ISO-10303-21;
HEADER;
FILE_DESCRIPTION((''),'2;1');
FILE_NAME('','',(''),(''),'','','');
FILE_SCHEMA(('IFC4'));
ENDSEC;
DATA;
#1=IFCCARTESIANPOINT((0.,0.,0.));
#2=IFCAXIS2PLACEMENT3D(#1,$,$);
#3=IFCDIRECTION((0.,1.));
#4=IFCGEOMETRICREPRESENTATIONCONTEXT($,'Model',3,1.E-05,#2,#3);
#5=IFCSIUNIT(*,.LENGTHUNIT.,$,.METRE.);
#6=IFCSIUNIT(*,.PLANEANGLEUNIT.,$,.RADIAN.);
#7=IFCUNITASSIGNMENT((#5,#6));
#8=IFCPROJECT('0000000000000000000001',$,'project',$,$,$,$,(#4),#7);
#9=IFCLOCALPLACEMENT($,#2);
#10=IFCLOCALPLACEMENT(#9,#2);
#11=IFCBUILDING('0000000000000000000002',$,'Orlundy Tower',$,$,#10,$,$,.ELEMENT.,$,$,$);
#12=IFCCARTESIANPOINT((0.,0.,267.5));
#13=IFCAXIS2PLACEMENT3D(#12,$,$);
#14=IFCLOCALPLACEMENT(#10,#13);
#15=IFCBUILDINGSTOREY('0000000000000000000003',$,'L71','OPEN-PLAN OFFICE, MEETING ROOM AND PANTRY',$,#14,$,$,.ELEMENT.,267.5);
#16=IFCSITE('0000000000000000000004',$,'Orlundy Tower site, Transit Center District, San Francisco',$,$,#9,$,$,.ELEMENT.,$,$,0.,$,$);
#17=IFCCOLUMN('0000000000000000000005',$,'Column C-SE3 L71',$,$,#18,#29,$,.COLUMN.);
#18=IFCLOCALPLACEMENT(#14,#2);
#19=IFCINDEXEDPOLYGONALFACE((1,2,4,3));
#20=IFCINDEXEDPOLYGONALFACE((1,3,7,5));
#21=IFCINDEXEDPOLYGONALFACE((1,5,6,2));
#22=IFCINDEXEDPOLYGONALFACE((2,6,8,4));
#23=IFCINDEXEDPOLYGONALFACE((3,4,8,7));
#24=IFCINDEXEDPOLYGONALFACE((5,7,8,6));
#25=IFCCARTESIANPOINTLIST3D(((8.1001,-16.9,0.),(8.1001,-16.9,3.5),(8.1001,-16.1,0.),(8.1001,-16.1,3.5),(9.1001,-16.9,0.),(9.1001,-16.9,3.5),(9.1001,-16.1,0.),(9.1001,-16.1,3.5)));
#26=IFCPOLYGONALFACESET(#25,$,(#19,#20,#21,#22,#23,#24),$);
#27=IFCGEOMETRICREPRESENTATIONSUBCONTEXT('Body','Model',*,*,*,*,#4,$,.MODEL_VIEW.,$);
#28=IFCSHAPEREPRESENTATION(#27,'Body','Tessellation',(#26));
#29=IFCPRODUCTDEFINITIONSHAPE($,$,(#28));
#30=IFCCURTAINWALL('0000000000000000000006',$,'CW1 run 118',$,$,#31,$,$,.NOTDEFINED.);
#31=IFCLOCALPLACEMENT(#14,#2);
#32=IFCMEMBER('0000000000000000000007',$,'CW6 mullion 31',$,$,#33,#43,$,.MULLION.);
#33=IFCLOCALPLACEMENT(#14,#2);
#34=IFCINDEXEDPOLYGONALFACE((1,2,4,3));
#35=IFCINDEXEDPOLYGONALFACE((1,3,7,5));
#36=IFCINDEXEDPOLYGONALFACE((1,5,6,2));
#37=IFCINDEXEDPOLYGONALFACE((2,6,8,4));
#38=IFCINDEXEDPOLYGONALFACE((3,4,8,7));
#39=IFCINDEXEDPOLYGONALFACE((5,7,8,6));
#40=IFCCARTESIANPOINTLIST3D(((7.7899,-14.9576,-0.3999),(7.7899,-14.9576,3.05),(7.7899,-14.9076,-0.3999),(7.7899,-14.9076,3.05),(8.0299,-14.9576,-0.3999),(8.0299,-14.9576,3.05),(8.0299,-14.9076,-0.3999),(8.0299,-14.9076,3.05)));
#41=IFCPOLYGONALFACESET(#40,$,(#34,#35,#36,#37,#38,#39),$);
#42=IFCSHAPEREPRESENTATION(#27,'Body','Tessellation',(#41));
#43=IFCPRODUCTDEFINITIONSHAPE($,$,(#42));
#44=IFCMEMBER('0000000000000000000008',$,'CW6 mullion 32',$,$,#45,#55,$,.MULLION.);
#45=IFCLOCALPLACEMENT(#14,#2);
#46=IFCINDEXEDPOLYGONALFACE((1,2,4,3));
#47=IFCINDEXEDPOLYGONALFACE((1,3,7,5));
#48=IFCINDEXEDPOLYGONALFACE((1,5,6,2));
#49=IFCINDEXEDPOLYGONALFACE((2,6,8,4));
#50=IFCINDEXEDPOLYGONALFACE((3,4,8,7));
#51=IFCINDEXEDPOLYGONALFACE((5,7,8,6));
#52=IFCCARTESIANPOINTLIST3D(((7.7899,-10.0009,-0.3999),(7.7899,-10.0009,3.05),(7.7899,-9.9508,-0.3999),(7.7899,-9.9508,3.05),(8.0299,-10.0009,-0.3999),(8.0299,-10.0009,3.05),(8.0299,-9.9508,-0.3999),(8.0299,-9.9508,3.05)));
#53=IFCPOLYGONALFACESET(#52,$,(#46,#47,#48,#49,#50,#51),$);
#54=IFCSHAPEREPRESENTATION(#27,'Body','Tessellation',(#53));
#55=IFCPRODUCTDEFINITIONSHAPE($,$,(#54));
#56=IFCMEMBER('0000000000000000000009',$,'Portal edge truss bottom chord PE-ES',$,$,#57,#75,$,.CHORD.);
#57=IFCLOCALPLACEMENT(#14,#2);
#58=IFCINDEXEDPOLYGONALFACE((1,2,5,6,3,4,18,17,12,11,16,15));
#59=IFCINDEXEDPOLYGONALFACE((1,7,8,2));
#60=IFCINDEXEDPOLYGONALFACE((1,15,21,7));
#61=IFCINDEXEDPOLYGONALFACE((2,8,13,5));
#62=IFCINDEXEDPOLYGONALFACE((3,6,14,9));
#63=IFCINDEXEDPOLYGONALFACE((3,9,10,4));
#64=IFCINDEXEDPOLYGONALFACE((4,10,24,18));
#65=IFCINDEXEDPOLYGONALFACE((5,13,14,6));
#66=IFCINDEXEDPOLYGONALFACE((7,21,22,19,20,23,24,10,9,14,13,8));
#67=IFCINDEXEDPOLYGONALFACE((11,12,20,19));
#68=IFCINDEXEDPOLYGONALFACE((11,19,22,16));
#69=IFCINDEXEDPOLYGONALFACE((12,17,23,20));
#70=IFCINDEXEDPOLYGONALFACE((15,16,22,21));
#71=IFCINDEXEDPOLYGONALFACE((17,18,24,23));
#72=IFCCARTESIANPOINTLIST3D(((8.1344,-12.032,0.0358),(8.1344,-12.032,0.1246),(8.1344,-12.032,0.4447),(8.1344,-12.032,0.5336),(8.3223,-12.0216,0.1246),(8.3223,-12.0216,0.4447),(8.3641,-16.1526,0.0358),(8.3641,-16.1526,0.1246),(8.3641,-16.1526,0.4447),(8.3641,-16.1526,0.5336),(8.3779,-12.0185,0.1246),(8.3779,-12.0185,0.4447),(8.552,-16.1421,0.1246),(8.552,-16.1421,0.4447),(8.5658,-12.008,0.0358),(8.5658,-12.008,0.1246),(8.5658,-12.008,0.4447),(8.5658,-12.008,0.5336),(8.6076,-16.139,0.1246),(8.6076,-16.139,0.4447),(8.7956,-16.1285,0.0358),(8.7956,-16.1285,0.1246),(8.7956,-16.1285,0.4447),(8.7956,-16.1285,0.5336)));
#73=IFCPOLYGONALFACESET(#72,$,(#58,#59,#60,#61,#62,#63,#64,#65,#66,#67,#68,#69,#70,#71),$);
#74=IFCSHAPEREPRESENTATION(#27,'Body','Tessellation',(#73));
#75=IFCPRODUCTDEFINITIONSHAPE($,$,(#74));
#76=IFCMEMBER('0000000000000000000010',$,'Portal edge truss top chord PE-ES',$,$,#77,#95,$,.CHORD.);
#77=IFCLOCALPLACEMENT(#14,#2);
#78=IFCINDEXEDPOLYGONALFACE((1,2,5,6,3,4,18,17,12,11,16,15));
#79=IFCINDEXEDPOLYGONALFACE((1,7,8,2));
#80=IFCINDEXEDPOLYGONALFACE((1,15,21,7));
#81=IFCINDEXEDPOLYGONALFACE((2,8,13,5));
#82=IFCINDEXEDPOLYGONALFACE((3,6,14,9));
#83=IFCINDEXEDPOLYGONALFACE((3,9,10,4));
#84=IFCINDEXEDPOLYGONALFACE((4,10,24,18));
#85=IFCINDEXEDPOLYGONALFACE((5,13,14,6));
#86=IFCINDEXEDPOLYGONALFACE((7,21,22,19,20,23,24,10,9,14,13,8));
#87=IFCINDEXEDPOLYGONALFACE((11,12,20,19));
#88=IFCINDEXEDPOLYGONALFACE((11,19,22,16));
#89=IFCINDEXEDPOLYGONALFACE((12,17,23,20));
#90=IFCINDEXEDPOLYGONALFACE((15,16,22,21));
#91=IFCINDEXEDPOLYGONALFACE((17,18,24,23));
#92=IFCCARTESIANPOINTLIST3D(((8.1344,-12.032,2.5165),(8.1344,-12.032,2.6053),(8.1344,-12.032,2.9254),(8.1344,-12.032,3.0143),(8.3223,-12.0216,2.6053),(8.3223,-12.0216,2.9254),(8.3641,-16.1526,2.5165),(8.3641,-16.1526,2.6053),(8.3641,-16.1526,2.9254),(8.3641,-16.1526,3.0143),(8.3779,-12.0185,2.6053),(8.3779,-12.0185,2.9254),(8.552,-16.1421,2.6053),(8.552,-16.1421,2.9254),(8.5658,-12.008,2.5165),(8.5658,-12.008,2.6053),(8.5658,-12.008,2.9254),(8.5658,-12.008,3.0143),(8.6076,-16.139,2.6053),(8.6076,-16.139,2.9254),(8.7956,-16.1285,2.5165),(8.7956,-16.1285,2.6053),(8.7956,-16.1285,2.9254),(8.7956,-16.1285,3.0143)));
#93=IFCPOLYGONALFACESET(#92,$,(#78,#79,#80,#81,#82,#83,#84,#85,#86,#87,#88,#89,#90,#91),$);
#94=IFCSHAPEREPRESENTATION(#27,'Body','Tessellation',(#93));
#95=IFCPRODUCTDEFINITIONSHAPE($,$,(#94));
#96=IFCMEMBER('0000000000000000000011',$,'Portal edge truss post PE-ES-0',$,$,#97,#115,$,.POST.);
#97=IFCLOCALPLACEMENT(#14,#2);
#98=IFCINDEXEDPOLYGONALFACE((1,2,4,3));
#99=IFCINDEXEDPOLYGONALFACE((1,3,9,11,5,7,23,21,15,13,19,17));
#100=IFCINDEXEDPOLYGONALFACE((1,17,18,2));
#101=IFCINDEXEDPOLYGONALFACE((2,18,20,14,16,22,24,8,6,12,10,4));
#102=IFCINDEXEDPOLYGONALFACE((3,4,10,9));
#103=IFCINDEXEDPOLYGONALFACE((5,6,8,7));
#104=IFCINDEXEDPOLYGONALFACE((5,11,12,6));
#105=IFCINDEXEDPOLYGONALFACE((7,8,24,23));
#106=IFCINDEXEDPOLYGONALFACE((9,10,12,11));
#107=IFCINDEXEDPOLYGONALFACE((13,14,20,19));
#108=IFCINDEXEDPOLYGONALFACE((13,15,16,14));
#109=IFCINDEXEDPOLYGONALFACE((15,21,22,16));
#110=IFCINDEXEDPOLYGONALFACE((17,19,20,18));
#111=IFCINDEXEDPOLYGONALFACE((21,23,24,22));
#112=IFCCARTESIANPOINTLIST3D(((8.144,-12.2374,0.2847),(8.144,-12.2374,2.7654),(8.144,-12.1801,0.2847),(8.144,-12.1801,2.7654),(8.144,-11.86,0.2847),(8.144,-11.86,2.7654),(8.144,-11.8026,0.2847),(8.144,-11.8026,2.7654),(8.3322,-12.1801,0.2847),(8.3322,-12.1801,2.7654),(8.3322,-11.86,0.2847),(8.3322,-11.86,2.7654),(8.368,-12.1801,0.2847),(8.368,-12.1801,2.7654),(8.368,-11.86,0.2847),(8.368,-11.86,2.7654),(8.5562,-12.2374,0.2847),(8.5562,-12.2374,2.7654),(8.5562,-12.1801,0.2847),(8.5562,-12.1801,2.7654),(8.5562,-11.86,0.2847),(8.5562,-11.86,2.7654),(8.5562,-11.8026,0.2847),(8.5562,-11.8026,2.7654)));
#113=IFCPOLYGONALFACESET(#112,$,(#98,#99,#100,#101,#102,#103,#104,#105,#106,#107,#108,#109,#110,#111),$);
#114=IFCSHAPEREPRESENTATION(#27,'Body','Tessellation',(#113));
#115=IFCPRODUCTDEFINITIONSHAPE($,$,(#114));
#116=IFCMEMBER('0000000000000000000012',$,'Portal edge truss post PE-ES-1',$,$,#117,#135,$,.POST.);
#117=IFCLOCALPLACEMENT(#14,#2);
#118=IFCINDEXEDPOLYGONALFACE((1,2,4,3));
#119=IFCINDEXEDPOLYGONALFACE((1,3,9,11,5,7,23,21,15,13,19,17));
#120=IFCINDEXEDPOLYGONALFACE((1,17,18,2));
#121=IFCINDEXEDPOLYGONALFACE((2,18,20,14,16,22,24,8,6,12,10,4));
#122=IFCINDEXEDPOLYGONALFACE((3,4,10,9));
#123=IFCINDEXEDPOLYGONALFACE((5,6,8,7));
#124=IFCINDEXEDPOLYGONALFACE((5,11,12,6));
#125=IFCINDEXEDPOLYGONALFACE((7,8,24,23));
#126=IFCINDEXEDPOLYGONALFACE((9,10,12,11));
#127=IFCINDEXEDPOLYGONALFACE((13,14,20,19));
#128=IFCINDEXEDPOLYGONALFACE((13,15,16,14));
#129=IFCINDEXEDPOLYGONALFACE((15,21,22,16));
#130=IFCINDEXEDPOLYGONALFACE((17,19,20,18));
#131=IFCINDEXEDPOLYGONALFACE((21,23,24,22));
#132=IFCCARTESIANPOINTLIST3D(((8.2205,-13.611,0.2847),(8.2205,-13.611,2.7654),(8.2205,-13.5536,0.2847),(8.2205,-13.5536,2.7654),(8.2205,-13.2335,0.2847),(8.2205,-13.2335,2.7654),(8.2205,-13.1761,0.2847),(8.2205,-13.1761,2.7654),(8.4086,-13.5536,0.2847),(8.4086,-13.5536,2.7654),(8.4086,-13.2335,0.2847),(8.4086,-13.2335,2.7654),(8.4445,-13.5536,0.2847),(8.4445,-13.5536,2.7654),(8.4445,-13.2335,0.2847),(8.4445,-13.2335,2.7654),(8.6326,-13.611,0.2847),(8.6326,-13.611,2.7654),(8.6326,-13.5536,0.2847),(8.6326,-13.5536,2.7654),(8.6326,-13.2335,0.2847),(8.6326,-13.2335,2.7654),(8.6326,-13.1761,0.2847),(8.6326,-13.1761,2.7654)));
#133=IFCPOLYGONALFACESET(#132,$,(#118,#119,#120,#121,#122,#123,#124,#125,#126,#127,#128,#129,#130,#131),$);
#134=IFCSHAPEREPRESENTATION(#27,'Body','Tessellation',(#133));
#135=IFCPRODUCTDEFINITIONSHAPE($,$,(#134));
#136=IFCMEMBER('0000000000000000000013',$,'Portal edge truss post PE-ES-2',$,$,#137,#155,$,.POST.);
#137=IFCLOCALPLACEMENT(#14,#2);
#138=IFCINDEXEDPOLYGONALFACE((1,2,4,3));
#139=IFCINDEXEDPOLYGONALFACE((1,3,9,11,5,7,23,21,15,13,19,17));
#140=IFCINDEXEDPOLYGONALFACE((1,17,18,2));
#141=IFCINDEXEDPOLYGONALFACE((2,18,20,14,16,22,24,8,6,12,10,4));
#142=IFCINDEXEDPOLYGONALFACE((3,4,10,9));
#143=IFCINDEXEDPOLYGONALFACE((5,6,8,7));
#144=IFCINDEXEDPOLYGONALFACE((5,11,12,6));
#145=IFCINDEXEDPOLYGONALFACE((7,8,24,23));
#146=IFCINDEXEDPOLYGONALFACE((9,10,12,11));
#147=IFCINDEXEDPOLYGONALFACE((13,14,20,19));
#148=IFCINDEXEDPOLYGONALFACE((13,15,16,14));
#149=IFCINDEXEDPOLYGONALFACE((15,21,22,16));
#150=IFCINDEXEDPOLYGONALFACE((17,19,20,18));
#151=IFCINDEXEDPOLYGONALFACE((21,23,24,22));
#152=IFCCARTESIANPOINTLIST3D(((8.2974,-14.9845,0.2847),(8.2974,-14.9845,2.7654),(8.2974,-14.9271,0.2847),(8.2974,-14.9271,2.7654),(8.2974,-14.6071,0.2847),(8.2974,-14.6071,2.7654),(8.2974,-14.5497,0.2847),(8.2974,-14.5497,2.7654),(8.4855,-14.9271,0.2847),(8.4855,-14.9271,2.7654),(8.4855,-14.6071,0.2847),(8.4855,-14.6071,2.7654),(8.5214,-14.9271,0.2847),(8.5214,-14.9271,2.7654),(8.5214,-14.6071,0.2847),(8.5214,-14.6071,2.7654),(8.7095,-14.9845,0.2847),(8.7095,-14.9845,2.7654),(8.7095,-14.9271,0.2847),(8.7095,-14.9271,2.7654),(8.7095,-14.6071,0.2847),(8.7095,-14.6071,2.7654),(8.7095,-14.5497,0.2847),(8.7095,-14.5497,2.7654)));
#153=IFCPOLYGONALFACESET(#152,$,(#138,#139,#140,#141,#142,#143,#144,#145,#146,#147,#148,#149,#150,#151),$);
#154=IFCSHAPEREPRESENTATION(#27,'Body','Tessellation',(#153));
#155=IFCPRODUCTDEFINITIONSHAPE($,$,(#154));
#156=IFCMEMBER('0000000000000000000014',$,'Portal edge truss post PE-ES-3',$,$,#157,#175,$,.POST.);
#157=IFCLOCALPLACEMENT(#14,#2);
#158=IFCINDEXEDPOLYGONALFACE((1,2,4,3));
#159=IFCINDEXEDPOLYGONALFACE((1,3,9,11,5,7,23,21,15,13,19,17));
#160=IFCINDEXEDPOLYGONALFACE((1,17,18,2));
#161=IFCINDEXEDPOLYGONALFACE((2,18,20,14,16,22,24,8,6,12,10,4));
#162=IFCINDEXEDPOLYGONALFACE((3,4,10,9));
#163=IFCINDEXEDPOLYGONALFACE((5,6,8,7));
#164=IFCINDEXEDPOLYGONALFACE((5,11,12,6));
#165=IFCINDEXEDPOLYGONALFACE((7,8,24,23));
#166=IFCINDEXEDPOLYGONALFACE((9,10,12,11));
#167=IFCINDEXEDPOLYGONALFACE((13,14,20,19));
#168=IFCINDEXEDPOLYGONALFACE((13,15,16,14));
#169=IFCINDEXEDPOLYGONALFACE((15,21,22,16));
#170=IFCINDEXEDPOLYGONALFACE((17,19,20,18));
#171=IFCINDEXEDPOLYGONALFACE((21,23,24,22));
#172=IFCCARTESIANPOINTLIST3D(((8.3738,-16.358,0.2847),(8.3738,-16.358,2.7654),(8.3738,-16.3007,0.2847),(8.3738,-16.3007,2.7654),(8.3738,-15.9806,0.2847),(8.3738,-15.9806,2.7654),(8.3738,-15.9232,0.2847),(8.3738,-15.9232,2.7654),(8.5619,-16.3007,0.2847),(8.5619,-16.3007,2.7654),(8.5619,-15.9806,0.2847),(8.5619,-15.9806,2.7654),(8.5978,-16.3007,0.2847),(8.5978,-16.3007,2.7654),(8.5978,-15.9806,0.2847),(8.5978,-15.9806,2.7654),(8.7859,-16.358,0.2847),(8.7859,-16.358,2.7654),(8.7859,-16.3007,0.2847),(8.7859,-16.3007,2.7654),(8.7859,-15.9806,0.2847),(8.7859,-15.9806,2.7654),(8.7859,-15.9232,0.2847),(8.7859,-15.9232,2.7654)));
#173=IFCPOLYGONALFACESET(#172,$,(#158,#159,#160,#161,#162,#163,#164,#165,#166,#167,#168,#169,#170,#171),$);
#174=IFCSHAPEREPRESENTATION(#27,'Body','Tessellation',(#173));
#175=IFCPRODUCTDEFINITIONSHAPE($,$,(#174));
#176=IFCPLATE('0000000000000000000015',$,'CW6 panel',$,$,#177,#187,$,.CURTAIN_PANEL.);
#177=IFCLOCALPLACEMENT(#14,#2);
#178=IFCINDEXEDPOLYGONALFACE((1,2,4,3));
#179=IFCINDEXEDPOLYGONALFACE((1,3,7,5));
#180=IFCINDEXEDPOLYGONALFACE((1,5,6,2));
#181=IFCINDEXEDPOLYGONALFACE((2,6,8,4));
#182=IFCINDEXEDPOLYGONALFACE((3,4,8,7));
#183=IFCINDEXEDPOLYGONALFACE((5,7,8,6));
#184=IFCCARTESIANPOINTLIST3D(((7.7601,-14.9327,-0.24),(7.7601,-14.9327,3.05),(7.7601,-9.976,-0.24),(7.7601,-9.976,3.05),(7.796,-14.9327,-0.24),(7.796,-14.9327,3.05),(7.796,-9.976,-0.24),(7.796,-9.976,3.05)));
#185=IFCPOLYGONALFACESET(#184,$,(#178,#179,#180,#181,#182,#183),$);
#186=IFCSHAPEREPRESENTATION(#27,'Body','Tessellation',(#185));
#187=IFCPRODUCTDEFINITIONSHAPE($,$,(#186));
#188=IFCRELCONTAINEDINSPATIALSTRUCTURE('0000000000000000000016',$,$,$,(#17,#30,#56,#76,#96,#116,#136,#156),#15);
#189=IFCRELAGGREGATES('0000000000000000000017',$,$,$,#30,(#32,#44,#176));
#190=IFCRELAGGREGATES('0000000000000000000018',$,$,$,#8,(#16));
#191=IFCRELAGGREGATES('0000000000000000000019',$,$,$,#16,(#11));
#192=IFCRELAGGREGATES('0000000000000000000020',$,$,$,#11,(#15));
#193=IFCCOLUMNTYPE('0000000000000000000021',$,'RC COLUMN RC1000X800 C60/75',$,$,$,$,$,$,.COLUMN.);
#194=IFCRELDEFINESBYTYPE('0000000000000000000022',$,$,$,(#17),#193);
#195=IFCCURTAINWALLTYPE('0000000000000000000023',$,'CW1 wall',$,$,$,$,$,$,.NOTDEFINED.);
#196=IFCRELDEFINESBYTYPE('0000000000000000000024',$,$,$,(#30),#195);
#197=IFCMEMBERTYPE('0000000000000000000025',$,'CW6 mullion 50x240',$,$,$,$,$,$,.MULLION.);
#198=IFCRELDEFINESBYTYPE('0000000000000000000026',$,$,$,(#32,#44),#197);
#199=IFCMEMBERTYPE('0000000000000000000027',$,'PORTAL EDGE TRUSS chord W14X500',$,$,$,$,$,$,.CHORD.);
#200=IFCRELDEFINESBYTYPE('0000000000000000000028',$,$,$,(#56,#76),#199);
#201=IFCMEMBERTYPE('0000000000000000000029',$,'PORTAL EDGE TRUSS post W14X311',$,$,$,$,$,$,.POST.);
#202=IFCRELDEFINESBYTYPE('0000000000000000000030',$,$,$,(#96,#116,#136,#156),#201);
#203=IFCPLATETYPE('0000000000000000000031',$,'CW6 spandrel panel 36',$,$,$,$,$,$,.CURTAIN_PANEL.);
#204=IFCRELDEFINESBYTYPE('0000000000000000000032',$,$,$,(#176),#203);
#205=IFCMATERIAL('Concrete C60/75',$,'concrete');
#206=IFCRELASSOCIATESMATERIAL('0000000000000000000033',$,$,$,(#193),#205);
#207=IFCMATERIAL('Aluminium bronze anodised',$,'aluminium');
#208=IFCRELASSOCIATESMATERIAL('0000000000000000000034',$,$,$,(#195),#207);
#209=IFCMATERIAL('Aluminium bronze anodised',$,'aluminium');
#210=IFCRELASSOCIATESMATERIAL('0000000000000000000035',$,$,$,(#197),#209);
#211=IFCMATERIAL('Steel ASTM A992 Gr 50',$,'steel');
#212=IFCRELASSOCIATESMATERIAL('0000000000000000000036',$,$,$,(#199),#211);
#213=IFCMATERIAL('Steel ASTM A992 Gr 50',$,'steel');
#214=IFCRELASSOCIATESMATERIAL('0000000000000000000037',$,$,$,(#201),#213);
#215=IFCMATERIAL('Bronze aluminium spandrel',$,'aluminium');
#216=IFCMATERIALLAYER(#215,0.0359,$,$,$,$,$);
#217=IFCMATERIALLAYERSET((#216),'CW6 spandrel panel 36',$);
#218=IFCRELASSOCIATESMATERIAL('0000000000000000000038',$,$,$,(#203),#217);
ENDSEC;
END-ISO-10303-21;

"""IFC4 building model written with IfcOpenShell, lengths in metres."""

from ifc_helpers import new_model, si_unit, direction, frame, origin, origin_2d, place, context, subcontext, project, spatial, rectangle, i_section, extrude, material, layer, layer_set, material_profile, profile_set, type_object, element, aggregate, save


model = new_model("IFC4")

# Units and contexts
model_context = context("Model", 3, precision=1e-05, world=origin(), true_north=direction((0.0, 1.0)))
body_context = subcontext(model_context, "Body", "Model", "MODEL_VIEW")
ifc_project = project(units=[si_unit("LENGTHUNIT", "METRE"), si_unit("PLANEANGLEUNIT", "RADIAN")], contexts=[model_context])

# Site, building, storey
site_placement = place(None, origin())
site = spatial("IfcSite", under=ifc_project, at=site_placement, Name="Orlundy Tower site, Transit Center District, San Francisco", CompositionType="ELEMENT", RefElevation=0.0)
building_placement = place(site_placement, origin())
building = spatial("IfcBuilding", under=site, at=building_placement, Name="Orlundy Tower", CompositionType="ELEMENT")
storey_placement = place(building_placement, frame((0.0, 0.0, 267.5)))
storey = spatial("IfcBuildingStorey", under=building, at=storey_placement, Name="L71", Description="OPEN-PLAN OFFICE, MEETING ROOM AND PANTRY", CompositionType="ELEMENT", Elevation=267.5)

# Column
ifc_material_1 = material(Name="Concrete C60/75", Category="concrete")
ifc_material_profile_1 = material_profile(ifc_material_1, rectangle(XDim=1.0, YDim=0.8, at=origin_2d()), Name="RC1000X800")
ifc_profile_set_1 = profile_set([ifc_material_profile_1], Name="Concrete C60/75")
column_type = type_object("IfcColumnType", Name="RC COLUMN RC1000X800 C60/75", PredefinedType="COLUMN", material=ifc_profile_set_1)
column_placement = place(storey_placement, frame((8.6001, -16.5, 0.0), z_axis=(0.0, 0.0, 1.0), x_axis=(1.0, 0.0, 0.0)))
element("IfcColumn", 1, at=column_placement, inside=storey, type_object=column_type, Name="Column C-SE3 L71", PredefinedType="COLUMN", context=body_context, shape_type="SweptSolid", body=[
    extrude(rectangle(XDim=1.0, YDim=0.8, at=origin_2d()), origin(), (0.0, 0.0, 1.0), 3.5),
])

# Curtain wall, members
ifc_material_2 = material(Name="Aluminium bronze anodised", Category="aluminium")
curtain_wall_type = type_object("IfcCurtainWallType", Name="CW1 wall", PredefinedType="NOTDEFINED", material=ifc_material_2)
curtain_wall_placement = place(storey_placement, origin())
curtain_wall = element("IfcCurtainWall", 2, at=curtain_wall_placement, inside=storey, type_object=curtain_wall_type, Name="CW1 run 118", PredefinedType="NOTDEFINED")
ifc_material_3 = material(Name="Aluminium bronze anodised", Category="aluminium")
ifc_material_profile_2 = material_profile(ifc_material_3, rectangle(XDim=0.24, YDim=0.05, at=origin_2d()), Name="CW6 mullion 50x240")
ifc_profile_set_2 = profile_set([ifc_material_profile_2], Name="Aluminium bronze anodised")
member_type_1 = type_object("IfcMemberType", Name="CW6 mullion 50x240", PredefinedType="MULLION", material=ifc_profile_set_2)
member_1_placement = place(storey_placement, frame((7.9099, -14.9326, -0.3999), z_axis=(0.0, 0.0, 1.0), x_axis=(-1.0, 0.0, 0.0)))
member_1 = element("IfcMember", 3, at=member_1_placement, type_object=member_type_1, Name="CW6 mullion 31", PredefinedType="MULLION", context=body_context, shape_type="SweptSolid", body=[
    extrude(rectangle(XDim=0.24, YDim=0.05, at=origin_2d()), origin(), (0.0, 0.0, 1.0), 3.45),
])
member_2_placement = place(storey_placement, frame((7.9099, -9.9758, -0.3999), z_axis=(0.0, 0.0, 1.0), x_axis=(-1.0, 0.0, 0.0)))
member_2 = element("IfcMember", 4, at=member_2_placement, type_object=member_type_1, Name="CW6 mullion 32", PredefinedType="MULLION", context=body_context, shape_type="SweptSolid", body=[
    extrude(rectangle(XDim=0.24, YDim=0.05, at=origin_2d()), origin(), (0.0, 0.0, 1.0), 3.45),
])

# Members
ifc_material_4 = material(Name="Steel ASTM A992 Gr 50", Category="steel")
ifc_material_profile_3 = material_profile(ifc_material_4, i_section(OverallWidth=0.4321, OverallDepth=0.4978, WebThickness=0.0557, FlangeThickness=0.0889, at=origin_2d()), Name="W14X500")
ifc_profile_set_3 = profile_set([ifc_material_profile_3], Name="Steel ASTM A992 Gr 50")
member_type_2 = type_object("IfcMemberType", Name="PORTAL EDGE TRUSS chord W14X500", PredefinedType="CHORD", material=ifc_profile_set_3)
for number, where, z_axis, x_axis, name in (
    (5, (8.3501, -12.02, 0.2847), (0.055667, -0.998449, 0.0), (0.998449, 0.055667, 0.0), "Portal edge truss bottom chord PE-ES"),
    (6, (8.3501, -12.02, 2.7654), (0.055667, -0.998449, 0.0), (0.998449, 0.055667, 0.0), "Portal edge truss top chord PE-ES"),
):
    element("IfcMember", number, at=place(storey_placement, frame(where, z_axis=z_axis, x_axis=x_axis)), inside=storey, type_object=member_type_2, Name=name, PredefinedType="CHORD", context=body_context, shape_type="SweptSolid", body=[
        extrude(i_section(OverallWidth=0.4321, OverallDepth=0.4978, WebThickness=0.0557, FlangeThickness=0.0889, at=origin_2d()), origin(), (0.0, 0.0, 1.0), 4.127),
    ])
ifc_material_5 = material(Name="Steel ASTM A992 Gr 50", Category="steel")
ifc_material_profile_4 = material_profile(ifc_material_5, i_section(OverallWidth=0.4121, OverallDepth=0.4348, WebThickness=0.0359, FlangeThickness=0.0574, at=origin_2d()), Name="W14X311")
ifc_profile_set_4 = profile_set([ifc_material_profile_4], Name="Steel ASTM A992 Gr 50")
member_type_3 = type_object("IfcMemberType", Name="PORTAL EDGE TRUSS post W14X311", PredefinedType="POST", material=ifc_profile_set_4)
for number, where, z_axis, x_axis, name in (
    (7, (8.3501, -12.02, 0.2847), (0.0, 0.0, 1.0), (1.0, 0.0, 0.0), "Portal edge truss post PE-ES-0"),
    (8, (8.4265, -13.3936, 0.2847), (0.0, 0.0, 1.0), (1.0, 0.0, 0.0), "Portal edge truss post PE-ES-1"),
    (9, (8.5034, -14.7671, 0.2847), (0.0, 0.0, 1.0), (1.0, 0.0, 0.0), "Portal edge truss post PE-ES-2"),
    (10, (8.5798, -16.1406, 0.2847), (0.0, 0.0, 1.0), (1.0, 0.0, 0.0), "Portal edge truss post PE-ES-3"),
):
    element("IfcMember", number, at=place(storey_placement, frame(where, z_axis=z_axis, x_axis=x_axis)), inside=storey, type_object=member_type_3, Name=name, PredefinedType="POST", context=body_context, shape_type="SweptSolid", body=[
        extrude(i_section(OverallWidth=0.4121, OverallDepth=0.4348, WebThickness=0.0359, FlangeThickness=0.0574, at=origin_2d()), origin(), (0.0, 0.0, 1.0), 2.4807),
    ])

# Plate
ifc_material_6 = material(Name="Bronze aluminium spandrel", Category="aluminium")
ifc_layer_1 = layer(ifc_material_6, 0.0359)
ifc_layer_set_1 = layer_set([ifc_layer_1], Name="CW6 spandrel panel 36")
plate_type = type_object("IfcPlateType", Name="CW6 spandrel panel 36", PredefinedType="CURTAIN_PANEL", material=ifc_layer_set_1)
plate_placement = place(storey_placement, frame((7.7781, -12.4543, -0.24), z_axis=(0.0, 0.0, 1.0), x_axis=(0.0, 1.0, 0.0)))
plate = element("IfcPlate", 11, at=plate_placement, type_object=plate_type, Name="CW6 panel", PredefinedType="CURTAIN_PANEL", context=body_context, shape_type="SweptSolid", body=[
    extrude(rectangle(XDim=4.9568, YDim=0.0359, at=origin_2d()), origin(), (0.0, 0.0, 1.0), 3.29),
])
aggregate(curtain_wall, [member_1, member_2, plate])

save(model, "model.ifc")
